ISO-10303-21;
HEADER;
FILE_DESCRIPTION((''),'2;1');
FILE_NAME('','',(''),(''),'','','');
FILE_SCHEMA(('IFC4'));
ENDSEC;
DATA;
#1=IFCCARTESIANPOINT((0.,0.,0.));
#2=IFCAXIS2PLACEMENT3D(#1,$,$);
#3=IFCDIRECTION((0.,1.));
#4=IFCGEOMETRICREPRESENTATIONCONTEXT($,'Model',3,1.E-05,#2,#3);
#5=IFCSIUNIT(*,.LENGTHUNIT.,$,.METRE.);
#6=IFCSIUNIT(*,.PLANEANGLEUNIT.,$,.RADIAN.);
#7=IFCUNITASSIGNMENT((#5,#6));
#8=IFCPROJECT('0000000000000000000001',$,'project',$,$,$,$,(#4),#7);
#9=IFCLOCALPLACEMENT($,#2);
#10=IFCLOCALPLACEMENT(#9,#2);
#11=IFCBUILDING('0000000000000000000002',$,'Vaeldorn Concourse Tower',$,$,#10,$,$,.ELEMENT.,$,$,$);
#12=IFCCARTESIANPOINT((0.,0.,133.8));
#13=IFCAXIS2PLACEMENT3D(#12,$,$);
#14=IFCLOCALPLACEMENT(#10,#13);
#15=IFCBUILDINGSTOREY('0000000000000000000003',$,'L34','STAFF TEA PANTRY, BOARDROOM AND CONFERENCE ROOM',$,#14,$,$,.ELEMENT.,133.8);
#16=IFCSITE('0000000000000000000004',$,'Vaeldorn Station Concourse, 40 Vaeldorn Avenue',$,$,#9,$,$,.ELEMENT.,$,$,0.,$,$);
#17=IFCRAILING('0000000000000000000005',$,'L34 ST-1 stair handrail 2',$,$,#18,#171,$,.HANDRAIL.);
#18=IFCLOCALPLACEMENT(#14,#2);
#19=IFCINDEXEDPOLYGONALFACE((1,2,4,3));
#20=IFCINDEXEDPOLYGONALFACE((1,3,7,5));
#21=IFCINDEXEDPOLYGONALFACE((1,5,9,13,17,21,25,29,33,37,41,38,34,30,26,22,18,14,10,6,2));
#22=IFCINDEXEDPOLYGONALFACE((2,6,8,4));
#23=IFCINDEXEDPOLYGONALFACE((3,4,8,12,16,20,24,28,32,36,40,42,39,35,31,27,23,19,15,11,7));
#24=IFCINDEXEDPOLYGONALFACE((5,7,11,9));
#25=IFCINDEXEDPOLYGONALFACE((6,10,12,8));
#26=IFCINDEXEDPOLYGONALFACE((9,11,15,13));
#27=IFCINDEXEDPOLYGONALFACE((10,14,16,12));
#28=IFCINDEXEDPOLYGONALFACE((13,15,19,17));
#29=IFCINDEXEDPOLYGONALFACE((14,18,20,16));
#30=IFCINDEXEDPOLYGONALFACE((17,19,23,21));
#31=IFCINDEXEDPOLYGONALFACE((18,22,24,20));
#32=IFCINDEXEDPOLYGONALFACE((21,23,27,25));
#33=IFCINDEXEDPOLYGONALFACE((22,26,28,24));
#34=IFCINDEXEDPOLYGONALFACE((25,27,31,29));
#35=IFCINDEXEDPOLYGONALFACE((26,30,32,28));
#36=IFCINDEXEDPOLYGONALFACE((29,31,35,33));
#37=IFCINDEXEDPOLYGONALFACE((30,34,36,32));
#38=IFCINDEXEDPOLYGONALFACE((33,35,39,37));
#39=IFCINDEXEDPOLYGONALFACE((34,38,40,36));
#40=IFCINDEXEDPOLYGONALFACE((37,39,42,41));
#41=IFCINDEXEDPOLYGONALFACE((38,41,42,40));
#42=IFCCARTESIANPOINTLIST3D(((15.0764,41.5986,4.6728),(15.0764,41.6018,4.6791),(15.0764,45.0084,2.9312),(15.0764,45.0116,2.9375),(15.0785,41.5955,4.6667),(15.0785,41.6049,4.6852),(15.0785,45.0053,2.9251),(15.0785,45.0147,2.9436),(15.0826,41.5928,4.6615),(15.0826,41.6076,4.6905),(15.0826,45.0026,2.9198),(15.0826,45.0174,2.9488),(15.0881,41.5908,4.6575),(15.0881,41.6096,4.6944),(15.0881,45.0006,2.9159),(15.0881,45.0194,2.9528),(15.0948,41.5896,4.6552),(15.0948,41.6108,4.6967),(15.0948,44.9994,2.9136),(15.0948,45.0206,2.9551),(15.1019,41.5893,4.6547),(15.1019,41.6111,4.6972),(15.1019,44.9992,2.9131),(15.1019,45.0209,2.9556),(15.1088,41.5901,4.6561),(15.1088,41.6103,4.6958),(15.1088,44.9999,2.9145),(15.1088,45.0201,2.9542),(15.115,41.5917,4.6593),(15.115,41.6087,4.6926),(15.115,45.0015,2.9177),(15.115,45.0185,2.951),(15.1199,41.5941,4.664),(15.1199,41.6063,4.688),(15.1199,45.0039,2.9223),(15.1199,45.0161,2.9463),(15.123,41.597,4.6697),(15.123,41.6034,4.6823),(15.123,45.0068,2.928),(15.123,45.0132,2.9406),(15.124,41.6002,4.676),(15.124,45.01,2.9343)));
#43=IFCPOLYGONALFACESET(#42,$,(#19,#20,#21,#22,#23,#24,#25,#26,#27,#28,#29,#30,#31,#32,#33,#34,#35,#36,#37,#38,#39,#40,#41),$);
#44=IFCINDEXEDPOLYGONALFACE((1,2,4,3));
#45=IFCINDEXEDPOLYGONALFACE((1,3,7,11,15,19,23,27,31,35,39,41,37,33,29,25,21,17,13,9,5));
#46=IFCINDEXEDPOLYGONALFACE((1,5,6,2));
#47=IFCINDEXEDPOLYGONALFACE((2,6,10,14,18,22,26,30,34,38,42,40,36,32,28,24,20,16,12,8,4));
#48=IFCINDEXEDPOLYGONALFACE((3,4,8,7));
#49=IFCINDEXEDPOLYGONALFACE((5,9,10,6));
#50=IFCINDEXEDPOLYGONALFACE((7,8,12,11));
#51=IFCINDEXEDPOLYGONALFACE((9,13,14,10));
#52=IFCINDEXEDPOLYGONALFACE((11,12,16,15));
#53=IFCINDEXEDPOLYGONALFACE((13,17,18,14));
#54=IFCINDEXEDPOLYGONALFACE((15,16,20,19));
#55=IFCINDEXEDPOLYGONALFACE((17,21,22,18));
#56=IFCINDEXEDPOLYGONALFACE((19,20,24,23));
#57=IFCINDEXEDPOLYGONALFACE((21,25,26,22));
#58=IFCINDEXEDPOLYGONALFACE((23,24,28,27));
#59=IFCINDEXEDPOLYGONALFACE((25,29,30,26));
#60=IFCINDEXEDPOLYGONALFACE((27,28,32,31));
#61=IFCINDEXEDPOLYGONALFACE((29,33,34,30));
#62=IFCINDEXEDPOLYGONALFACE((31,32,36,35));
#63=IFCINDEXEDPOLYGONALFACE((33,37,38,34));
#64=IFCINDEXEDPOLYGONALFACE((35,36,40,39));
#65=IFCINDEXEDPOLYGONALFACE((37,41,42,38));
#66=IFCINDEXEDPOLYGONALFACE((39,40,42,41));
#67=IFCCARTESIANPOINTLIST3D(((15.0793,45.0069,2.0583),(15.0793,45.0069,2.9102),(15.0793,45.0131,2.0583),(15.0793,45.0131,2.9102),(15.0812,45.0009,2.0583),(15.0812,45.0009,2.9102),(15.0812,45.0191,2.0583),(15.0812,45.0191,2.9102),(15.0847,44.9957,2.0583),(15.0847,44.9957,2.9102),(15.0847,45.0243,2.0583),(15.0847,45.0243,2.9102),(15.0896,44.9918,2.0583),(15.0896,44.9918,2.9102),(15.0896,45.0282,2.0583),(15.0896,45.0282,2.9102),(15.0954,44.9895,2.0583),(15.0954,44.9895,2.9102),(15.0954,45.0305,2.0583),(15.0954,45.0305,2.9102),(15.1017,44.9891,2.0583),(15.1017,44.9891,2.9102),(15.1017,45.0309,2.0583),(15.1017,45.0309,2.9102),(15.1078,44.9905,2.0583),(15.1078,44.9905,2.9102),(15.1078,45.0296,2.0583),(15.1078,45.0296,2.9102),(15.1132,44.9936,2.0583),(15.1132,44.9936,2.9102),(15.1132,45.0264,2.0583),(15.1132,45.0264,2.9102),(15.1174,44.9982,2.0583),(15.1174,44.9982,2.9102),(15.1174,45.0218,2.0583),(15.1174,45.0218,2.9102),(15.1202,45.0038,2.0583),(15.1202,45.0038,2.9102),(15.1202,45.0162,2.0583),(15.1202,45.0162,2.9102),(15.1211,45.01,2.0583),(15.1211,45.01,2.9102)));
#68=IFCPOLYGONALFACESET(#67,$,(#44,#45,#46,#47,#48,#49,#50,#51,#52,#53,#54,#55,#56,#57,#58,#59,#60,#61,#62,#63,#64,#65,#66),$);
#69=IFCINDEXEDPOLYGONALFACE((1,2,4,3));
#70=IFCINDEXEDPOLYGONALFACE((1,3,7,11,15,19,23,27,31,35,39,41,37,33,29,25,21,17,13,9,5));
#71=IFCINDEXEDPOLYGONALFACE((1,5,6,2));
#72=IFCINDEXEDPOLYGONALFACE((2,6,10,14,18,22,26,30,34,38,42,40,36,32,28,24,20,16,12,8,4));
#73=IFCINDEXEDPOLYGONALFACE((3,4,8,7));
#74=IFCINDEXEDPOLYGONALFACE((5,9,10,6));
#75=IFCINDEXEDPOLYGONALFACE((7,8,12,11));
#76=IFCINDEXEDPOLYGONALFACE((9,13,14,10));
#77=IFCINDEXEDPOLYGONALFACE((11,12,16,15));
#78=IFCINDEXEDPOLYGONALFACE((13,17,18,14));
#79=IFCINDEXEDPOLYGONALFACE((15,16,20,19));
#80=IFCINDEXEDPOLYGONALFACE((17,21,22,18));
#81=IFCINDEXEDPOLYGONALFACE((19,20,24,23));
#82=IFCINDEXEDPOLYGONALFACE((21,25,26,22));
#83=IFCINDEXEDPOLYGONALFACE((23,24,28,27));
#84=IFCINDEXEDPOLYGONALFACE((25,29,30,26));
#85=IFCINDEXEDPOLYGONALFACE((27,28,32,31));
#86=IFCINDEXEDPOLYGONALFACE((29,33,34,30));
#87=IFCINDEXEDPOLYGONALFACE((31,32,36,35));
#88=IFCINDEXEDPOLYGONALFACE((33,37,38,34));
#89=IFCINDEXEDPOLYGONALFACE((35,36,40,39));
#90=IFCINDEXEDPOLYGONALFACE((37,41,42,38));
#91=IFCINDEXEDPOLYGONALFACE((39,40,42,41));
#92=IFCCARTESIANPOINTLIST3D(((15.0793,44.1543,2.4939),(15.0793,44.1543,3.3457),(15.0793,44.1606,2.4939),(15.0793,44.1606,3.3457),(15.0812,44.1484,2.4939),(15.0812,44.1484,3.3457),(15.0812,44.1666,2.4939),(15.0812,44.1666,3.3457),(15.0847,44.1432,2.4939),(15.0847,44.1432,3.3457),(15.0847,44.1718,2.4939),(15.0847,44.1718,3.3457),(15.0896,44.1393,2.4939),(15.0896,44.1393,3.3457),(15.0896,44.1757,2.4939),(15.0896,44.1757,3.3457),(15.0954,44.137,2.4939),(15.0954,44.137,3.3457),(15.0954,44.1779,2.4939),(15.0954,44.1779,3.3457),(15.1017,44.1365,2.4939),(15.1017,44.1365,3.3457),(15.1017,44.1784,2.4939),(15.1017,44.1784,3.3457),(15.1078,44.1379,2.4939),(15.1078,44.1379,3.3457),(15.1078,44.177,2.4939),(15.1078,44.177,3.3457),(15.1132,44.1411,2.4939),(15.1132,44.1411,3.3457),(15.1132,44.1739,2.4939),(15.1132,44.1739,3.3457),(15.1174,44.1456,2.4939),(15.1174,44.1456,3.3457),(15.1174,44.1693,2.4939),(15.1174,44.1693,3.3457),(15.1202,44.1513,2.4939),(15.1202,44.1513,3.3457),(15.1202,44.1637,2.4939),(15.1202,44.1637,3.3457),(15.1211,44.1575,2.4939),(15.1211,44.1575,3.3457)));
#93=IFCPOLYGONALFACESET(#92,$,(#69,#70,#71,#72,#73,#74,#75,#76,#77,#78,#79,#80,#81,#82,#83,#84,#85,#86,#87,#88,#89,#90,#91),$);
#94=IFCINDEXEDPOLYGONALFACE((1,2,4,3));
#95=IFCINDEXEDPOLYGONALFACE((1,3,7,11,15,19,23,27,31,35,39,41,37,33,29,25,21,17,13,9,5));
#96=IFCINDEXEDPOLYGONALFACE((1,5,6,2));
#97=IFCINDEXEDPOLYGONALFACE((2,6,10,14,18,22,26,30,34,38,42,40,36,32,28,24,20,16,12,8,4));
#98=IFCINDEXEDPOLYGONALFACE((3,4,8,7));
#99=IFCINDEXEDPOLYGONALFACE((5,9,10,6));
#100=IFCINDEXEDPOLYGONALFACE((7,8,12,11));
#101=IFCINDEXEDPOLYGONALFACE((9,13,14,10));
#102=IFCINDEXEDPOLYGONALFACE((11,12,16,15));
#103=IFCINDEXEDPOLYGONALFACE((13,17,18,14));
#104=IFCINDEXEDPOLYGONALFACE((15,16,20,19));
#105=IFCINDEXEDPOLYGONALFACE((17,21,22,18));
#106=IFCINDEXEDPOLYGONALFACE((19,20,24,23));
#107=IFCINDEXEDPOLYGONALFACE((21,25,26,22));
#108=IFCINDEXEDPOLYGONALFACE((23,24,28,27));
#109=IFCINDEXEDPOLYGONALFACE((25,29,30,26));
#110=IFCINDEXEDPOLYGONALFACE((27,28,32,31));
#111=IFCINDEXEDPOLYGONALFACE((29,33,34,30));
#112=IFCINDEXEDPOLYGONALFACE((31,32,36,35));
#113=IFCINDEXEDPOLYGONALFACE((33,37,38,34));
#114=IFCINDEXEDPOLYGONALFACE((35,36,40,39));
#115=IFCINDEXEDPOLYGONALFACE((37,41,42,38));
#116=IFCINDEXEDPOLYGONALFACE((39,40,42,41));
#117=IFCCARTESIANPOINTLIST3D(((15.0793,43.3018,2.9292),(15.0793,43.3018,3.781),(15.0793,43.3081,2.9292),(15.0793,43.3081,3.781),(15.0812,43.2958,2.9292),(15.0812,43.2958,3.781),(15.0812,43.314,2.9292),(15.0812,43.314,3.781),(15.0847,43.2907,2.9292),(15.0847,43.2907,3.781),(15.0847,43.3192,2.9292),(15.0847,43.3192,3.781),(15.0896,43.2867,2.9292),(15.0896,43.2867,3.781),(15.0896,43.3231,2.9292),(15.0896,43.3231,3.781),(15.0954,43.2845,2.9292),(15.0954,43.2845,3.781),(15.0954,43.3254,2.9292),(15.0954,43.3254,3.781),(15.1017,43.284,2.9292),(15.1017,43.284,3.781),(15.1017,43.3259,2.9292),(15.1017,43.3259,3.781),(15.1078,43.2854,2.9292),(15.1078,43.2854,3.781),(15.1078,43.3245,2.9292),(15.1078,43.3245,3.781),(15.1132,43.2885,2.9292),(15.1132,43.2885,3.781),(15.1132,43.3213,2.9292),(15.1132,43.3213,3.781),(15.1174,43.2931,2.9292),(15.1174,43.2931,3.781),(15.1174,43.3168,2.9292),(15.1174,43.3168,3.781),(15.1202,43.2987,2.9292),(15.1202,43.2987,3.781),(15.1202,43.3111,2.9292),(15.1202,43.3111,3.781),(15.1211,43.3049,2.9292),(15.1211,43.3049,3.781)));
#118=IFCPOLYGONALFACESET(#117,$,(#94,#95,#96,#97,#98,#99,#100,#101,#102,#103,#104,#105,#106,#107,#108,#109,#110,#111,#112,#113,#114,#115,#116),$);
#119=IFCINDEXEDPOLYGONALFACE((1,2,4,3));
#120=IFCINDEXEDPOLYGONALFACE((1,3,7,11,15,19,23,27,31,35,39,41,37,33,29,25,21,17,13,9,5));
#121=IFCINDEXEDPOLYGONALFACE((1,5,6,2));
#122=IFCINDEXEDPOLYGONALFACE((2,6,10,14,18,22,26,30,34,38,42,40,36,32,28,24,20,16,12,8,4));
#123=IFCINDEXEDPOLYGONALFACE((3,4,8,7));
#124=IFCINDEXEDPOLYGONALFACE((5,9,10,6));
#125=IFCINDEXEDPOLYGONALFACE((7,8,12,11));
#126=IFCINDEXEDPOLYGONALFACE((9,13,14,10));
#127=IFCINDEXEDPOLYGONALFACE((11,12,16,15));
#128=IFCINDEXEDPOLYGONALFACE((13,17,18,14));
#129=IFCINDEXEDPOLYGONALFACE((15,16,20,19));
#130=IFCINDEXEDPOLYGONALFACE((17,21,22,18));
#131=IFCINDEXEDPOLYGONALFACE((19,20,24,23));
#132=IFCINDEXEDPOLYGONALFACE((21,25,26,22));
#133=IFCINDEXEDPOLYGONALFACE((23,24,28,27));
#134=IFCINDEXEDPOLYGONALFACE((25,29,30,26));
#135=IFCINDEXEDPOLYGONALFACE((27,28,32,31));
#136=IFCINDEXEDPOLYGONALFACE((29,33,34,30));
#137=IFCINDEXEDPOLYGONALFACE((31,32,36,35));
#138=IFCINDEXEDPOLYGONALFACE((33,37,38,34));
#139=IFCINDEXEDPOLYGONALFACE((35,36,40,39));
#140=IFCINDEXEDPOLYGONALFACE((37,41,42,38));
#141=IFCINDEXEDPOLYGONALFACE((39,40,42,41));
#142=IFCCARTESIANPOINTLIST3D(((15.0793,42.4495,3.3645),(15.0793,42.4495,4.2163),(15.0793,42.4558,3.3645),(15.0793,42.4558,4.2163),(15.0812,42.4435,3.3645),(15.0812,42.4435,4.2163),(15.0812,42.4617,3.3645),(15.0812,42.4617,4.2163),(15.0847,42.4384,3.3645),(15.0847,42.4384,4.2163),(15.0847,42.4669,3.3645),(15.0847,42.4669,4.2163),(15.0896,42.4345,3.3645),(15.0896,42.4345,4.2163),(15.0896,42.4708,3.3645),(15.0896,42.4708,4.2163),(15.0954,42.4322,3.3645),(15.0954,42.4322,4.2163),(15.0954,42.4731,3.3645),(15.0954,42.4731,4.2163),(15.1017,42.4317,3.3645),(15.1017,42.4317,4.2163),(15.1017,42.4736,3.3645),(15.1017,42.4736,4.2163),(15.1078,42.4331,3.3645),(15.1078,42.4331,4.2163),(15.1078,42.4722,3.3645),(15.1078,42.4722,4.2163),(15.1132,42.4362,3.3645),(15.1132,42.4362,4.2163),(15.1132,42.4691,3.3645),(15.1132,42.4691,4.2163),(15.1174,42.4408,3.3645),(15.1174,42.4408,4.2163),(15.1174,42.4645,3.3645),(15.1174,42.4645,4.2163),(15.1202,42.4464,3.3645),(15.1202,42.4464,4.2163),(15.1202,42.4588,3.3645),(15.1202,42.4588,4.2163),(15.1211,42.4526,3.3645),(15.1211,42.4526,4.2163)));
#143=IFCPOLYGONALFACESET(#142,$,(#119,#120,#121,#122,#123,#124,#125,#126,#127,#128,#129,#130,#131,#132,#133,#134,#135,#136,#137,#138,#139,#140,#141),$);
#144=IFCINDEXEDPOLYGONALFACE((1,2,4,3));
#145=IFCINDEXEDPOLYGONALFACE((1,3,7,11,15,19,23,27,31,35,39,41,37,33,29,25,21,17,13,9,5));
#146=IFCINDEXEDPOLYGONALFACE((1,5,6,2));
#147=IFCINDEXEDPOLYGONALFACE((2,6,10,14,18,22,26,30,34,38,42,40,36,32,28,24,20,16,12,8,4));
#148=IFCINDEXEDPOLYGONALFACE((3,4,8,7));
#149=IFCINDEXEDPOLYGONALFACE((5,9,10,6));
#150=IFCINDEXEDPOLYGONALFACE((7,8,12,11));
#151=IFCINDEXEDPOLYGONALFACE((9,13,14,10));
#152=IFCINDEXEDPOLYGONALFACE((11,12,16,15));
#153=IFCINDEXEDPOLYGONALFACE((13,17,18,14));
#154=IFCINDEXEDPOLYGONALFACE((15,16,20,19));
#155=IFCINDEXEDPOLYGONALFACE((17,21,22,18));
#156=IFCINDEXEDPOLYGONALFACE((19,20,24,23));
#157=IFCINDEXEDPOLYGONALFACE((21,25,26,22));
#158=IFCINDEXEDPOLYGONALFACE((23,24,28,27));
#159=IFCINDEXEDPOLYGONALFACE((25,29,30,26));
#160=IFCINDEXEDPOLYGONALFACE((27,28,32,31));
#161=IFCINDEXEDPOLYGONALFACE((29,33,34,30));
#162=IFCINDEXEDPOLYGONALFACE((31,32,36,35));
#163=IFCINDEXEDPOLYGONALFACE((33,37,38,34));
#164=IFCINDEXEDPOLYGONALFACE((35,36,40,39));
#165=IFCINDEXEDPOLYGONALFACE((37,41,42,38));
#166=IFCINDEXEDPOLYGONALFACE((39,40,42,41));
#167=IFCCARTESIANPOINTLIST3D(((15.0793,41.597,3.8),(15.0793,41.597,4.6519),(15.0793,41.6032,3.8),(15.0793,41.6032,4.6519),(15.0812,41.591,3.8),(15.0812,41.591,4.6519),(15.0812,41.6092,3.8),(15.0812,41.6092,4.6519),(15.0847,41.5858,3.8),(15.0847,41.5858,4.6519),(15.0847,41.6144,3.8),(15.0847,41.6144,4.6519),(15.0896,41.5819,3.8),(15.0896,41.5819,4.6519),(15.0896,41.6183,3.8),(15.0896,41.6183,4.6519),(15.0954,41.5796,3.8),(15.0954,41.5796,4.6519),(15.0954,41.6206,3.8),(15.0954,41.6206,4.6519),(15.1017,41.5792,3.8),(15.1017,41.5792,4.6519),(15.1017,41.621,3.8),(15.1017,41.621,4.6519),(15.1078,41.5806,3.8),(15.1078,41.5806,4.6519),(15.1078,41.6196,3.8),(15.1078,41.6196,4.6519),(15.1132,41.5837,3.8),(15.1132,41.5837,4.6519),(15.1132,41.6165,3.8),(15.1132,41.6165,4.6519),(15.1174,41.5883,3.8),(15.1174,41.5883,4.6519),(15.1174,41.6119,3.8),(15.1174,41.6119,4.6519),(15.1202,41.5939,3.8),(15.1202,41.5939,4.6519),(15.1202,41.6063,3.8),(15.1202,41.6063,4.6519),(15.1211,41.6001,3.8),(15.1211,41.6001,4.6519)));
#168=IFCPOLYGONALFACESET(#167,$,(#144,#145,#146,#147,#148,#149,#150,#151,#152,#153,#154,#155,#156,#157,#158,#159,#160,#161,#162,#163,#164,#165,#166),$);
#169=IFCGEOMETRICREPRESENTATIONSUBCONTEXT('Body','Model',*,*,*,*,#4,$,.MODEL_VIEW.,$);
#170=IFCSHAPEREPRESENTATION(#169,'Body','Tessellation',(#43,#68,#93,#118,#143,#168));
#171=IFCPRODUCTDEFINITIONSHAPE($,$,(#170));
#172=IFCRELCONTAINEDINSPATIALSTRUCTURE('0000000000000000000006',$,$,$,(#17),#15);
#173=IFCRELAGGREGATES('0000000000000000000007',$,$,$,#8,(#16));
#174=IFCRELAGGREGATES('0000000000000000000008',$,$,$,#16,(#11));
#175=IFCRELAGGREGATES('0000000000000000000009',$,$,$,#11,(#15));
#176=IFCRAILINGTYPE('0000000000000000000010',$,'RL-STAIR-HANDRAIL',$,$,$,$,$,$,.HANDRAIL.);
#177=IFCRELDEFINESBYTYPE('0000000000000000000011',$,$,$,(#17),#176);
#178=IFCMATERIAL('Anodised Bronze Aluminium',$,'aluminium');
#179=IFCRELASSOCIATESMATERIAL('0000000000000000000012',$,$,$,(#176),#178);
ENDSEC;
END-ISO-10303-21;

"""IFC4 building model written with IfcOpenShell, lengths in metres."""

from ifc_helpers import new_model, si_unit, direction, frame, origin, origin_2d, place, context, subcontext, project, spatial, circle, extrude, material, type_object, element, save


model = new_model("IFC4")

# Units and contexts
model_context = context("Model", 3, precision=1e-05, world=origin(), true_north=direction((0.0, 1.0)))
body_context = subcontext(model_context, "Body", "Model", "MODEL_VIEW")
ifc_project = project(units=[si_unit("LENGTHUNIT", "METRE"), si_unit("PLANEANGLEUNIT", "RADIAN")], contexts=[model_context])

# Site, building, storey
site_placement = place(None, origin())
site = spatial("IfcSite", under=ifc_project, at=site_placement, Name="Vaeldorn Station Concourse, 40 Vaeldorn Avenue", CompositionType="ELEMENT", RefElevation=0.0)
building_placement = place(site_placement, origin())
building = spatial("IfcBuilding", under=site, at=building_placement, Name="Vaeldorn Concourse Tower", CompositionType="ELEMENT")
storey_placement = place(building_placement, frame((0.0, 0.0, 133.8)))
storey = spatial("IfcBuildingStorey", under=building, at=storey_placement, Name="L34", Description="STAFF TEA PANTRY, BOARDROOM AND CONFERENCE ROOM", CompositionType="ELEMENT", Elevation=133.8)

# Shared definitions
ifc_material_1 = material(Name="Anodised Bronze Aluminium", Category="aluminium")

# Railing
railing_type_1 = type_object("IfcRailingType", Name="RL-STAIR-HANDRAIL", PredefinedType="HANDRAIL", material=ifc_material_1)
railing_1_placement = place(storey_placement, frame((15.1001, 45.01, 2.0583)))
element("IfcRailing", 1, at=railing_1_placement, inside=storey, type_object=railing_type_1, Name="L34 ST-1 stair handrail 2", PredefinedType="HANDRAIL", context=body_context, shape_type="SweptSolid", body=[
    extrude(circle(Radius=0.0239, at=origin_2d()), frame((0.0, 0.0, 0.876), z_axis=(0.0, -0.890556, 0.454874), x_axis=(1.0, 0.0, 0.0)), (0.0, 0.0, 1.0), 3.8289),
    extrude(circle(Radius=0.021, at=origin_2d()), origin(), (0.0, 0.0, 1.0), 0.8518),
    extrude(circle(Radius=0.021, at=origin_2d()), frame((0.0, -0.8525, 0.4355)), (0.0, 0.0, 1.0), 0.8518),
    extrude(circle(Radius=0.021, at=origin_2d()), frame((0.0, -1.7051, 0.8708)), (0.0, 0.0, 1.0), 0.8518),
    extrude(circle(Radius=0.021, at=origin_2d()), frame((0.0, -2.5574, 1.3062)), (0.0, 0.0, 1.0), 0.8518),
    extrude(circle(Radius=0.021, at=origin_2d()), frame((0.0, -3.4099, 1.7417)), (0.0, 0.0, 1.0), 0.8518),
])

save(model, "model.ifc")
